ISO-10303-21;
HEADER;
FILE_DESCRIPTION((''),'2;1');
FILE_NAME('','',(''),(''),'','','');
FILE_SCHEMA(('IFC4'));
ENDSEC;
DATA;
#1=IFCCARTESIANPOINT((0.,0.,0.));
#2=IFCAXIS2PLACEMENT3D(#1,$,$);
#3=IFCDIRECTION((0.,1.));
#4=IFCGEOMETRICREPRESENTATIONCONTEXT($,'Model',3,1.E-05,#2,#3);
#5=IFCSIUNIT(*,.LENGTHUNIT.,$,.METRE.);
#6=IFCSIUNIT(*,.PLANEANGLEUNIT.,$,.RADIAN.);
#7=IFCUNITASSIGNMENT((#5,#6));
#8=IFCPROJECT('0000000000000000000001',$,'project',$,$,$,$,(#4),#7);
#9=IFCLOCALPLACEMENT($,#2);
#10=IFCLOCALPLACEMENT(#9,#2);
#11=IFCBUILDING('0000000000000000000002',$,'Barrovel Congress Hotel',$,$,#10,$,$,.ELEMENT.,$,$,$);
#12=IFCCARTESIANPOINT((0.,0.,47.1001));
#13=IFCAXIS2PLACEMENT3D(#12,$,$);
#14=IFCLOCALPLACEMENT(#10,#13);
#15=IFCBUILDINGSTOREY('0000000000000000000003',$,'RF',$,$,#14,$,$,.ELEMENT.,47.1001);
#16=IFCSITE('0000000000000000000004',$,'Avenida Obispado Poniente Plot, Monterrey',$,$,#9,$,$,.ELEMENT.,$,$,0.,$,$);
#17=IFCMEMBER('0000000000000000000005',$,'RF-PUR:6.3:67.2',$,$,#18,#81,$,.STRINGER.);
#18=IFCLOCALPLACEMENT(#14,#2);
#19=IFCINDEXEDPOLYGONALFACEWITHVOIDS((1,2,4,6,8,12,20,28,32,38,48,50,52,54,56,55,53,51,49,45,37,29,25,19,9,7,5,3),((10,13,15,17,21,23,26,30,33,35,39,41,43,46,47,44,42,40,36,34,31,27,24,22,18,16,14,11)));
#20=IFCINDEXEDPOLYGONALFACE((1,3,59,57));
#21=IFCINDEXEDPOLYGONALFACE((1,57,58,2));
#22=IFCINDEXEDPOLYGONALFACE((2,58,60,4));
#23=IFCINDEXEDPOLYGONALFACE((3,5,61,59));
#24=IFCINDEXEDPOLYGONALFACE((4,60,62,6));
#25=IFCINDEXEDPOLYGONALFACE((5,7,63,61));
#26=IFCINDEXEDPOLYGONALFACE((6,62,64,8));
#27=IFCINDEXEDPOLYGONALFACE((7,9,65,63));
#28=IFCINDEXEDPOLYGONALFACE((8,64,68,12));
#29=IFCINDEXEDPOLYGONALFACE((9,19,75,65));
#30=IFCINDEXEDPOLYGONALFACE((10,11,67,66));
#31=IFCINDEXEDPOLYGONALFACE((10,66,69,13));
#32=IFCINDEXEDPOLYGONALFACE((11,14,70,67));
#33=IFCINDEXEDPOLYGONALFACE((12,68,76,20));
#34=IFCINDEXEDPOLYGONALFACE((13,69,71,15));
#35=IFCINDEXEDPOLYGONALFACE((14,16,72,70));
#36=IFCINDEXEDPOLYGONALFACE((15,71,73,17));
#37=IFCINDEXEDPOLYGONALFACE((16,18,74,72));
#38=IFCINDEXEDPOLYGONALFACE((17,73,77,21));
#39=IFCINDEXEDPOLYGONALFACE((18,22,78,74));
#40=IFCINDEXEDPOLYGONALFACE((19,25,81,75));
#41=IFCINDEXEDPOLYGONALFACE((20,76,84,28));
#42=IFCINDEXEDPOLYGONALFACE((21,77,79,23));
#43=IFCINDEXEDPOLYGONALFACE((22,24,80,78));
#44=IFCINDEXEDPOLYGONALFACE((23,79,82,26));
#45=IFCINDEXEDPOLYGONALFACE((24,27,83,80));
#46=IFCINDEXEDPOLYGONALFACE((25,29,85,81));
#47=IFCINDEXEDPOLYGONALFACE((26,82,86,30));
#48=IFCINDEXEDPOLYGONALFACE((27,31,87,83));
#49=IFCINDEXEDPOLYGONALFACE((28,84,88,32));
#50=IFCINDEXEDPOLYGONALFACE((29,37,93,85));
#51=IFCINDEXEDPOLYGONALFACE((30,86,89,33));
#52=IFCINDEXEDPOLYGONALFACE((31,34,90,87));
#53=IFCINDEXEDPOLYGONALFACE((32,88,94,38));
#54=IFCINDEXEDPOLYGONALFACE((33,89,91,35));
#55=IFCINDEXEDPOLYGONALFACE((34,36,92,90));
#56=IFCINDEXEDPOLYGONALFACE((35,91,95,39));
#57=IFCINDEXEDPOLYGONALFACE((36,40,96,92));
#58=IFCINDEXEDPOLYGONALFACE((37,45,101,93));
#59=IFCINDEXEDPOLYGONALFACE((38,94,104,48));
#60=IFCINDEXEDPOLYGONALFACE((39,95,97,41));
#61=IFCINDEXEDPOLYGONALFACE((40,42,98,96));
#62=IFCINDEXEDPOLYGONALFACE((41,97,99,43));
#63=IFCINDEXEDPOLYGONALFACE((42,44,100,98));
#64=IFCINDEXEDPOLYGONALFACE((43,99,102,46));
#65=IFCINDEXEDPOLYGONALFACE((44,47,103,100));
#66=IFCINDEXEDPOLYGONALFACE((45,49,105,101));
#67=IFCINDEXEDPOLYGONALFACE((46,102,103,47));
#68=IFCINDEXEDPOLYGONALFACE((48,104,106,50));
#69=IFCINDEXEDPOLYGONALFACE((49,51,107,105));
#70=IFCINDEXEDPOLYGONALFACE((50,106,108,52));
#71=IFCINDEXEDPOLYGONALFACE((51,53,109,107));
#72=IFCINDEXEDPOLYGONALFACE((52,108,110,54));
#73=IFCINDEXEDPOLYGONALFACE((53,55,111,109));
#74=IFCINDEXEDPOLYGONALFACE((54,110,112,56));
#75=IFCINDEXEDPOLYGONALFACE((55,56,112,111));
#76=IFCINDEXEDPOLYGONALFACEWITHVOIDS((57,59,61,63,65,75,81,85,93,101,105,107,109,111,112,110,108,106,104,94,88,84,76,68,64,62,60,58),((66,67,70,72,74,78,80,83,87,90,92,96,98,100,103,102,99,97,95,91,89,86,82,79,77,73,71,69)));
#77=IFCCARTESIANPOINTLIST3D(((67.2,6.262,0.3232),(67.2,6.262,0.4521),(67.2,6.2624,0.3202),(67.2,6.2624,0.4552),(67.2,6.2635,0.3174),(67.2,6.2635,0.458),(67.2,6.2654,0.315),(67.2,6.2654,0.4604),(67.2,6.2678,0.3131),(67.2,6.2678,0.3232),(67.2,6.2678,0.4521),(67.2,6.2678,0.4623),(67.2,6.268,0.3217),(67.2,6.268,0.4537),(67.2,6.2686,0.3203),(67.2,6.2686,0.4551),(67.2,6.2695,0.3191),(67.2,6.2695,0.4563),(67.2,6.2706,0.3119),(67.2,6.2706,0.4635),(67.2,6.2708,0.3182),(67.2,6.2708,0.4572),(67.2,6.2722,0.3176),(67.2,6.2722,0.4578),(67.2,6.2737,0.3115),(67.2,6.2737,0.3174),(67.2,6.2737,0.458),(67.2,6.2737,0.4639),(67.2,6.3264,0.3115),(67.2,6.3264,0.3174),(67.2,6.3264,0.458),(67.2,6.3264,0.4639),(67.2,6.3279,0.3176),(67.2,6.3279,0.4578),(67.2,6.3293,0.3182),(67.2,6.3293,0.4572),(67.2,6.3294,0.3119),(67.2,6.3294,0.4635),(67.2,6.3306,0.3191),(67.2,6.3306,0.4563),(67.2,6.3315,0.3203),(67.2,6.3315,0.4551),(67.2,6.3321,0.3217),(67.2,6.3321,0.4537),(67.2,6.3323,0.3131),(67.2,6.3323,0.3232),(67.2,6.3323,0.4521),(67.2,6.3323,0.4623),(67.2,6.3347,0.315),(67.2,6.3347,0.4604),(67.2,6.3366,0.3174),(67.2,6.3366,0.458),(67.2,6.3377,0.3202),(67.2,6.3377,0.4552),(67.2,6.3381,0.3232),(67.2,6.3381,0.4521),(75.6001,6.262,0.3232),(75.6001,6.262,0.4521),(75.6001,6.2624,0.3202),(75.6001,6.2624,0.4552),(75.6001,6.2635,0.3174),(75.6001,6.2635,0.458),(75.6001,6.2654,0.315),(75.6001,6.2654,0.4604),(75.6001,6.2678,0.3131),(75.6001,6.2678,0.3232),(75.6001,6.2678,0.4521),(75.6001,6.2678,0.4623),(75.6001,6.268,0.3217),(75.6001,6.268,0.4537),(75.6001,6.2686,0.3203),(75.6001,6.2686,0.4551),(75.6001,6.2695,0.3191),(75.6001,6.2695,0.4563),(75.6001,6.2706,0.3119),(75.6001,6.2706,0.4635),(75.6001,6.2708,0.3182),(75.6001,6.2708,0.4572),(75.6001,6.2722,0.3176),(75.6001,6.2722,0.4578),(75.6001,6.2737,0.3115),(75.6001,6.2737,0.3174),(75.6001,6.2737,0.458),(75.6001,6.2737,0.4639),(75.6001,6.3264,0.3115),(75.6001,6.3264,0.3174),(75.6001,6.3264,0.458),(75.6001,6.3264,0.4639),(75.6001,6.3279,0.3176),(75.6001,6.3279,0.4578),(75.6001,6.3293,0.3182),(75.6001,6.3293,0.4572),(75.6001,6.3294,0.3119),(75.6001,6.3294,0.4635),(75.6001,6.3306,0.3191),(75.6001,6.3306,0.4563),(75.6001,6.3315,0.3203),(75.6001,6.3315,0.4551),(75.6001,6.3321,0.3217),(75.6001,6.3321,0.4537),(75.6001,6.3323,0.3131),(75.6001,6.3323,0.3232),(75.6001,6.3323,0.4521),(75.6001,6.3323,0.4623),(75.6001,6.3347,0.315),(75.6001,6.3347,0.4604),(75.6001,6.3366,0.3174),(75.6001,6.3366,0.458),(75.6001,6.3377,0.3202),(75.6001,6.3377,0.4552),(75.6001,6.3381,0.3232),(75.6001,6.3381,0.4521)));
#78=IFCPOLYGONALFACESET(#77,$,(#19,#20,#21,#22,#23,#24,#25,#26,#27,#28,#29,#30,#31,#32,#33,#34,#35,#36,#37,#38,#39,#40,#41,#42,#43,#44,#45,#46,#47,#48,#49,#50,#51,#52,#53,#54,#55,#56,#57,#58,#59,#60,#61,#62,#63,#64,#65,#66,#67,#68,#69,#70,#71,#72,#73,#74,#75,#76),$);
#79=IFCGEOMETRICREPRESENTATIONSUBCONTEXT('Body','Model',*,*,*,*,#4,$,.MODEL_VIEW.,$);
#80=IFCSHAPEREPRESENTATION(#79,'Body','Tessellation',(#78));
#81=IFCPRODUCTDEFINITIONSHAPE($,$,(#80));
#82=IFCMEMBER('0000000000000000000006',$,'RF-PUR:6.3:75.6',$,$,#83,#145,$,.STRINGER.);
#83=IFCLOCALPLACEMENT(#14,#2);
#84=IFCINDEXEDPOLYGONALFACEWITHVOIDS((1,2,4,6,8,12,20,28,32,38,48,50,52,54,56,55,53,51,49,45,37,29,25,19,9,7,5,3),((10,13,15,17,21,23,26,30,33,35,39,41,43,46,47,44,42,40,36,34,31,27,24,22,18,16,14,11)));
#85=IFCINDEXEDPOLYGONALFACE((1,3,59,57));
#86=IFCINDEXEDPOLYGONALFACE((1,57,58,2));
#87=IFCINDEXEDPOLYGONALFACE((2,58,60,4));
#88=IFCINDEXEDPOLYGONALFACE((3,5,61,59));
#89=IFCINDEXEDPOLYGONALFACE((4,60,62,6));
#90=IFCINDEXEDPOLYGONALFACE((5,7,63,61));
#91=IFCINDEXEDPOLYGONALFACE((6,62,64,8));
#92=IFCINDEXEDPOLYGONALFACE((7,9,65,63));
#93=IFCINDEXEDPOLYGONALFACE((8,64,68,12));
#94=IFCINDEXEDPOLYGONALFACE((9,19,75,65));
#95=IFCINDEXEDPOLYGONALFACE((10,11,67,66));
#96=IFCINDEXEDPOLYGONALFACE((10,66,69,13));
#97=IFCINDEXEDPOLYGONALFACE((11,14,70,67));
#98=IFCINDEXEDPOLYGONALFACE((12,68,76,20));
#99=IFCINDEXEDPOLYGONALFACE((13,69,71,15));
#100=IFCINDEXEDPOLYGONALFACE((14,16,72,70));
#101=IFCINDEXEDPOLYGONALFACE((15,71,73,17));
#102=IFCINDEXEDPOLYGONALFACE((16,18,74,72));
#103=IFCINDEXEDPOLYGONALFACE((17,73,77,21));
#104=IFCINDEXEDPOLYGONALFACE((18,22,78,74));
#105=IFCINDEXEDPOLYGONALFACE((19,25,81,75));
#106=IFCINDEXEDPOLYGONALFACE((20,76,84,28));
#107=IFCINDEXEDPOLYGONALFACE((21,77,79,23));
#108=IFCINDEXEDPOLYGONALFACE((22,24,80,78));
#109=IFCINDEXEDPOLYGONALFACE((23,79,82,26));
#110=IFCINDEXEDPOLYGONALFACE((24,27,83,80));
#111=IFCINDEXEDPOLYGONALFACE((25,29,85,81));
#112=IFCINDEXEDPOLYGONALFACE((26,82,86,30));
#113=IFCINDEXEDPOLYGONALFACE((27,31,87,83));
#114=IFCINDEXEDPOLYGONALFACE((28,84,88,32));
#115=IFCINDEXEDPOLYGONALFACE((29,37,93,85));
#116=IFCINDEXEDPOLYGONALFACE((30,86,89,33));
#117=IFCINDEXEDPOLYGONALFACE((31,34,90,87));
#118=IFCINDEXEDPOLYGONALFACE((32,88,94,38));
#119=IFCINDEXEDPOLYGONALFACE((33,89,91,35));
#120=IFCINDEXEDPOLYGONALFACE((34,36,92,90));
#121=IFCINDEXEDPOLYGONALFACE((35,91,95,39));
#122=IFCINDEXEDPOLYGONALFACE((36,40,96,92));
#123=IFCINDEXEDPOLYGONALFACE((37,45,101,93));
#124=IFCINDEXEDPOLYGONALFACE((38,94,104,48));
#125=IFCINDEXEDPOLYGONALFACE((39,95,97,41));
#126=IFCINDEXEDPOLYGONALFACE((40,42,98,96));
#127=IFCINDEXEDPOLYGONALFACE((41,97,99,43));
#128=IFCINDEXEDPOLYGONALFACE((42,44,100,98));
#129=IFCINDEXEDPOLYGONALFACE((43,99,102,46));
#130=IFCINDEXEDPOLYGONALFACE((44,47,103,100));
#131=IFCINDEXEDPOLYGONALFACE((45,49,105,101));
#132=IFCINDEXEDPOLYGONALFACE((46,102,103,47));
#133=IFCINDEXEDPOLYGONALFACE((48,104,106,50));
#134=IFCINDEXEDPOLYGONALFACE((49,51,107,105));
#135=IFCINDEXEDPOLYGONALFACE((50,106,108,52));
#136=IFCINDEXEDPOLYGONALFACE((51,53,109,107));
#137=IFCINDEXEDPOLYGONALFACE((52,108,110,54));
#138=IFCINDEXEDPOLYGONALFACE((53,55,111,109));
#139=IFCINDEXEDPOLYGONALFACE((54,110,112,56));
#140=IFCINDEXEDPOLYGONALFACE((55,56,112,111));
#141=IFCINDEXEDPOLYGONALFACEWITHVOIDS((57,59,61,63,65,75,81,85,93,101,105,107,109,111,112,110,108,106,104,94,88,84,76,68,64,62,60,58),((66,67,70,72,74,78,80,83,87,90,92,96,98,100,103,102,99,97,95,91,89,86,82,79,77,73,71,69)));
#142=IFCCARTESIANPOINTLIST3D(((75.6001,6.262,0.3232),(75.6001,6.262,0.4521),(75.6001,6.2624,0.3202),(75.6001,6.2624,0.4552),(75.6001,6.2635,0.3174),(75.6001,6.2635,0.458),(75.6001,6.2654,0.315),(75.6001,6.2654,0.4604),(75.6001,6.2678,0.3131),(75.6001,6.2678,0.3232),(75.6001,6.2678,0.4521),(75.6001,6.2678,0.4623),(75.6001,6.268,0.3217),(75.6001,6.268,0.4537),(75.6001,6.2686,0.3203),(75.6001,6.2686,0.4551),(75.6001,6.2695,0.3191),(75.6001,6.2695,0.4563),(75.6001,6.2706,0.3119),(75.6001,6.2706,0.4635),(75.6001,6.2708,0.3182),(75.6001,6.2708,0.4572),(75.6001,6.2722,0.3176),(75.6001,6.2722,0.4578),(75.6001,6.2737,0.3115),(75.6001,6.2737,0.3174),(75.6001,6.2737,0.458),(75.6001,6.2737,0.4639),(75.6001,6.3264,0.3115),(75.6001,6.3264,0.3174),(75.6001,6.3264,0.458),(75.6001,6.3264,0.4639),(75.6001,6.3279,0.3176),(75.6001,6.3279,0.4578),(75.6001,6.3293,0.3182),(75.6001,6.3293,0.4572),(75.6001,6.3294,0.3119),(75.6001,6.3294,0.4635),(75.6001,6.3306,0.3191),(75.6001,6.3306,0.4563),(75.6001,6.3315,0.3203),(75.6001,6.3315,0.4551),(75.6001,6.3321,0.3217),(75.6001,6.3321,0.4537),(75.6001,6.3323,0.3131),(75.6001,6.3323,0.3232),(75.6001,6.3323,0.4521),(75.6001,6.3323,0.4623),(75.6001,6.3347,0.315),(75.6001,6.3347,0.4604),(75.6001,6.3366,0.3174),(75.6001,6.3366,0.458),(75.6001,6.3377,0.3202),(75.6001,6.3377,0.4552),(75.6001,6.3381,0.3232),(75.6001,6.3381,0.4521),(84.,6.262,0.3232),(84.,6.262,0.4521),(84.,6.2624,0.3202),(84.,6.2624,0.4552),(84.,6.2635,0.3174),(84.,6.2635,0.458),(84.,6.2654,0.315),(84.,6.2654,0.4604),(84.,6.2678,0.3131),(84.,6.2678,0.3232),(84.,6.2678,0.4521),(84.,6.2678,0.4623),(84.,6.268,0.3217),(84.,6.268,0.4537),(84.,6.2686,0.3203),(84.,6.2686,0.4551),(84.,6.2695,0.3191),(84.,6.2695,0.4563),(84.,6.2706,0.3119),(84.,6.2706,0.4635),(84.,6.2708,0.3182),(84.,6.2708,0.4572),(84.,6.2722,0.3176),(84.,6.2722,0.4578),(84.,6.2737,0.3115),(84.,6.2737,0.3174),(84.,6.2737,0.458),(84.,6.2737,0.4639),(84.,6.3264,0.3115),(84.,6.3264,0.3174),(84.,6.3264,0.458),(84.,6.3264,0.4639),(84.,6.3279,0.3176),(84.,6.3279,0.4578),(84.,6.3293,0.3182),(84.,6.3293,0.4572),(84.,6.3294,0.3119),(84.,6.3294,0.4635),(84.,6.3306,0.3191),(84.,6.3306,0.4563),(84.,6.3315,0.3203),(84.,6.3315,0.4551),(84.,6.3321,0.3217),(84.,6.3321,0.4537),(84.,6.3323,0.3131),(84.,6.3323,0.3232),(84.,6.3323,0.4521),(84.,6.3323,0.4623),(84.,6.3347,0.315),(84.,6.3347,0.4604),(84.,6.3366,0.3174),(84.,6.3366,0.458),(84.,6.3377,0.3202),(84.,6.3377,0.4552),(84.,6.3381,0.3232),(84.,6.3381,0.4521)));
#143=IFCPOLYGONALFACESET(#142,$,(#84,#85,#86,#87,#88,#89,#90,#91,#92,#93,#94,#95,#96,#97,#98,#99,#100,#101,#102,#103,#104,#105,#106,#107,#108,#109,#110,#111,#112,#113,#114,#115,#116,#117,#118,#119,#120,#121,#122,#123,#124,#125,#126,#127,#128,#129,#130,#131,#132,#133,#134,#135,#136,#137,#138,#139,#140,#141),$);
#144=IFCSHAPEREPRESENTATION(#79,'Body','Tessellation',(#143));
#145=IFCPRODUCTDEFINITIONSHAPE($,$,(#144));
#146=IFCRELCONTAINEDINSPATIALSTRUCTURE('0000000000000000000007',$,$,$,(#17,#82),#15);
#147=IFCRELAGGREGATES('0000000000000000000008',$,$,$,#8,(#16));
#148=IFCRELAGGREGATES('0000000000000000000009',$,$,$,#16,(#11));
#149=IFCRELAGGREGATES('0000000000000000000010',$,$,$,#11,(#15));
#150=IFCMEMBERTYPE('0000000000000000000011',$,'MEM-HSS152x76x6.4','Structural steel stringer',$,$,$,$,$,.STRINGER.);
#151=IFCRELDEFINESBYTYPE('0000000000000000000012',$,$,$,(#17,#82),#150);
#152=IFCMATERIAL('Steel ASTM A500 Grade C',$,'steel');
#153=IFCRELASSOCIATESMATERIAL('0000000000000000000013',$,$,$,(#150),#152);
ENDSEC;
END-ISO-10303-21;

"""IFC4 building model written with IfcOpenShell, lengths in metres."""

from ifc_helpers import new_model, si_unit, direction, frame, origin, origin_2d, place, context, subcontext, project, spatial, hollow_rectangle, extrude, material, material_profile, profile_set, type_object, element, save


model = new_model("IFC4")

# Units and contexts
model_context = context("Model", 3, precision=1e-05, world=origin(), true_north=direction((0.0, 1.0)))
body_context = subcontext(model_context, "Body", "Model", "MODEL_VIEW")
ifc_project = project(units=[si_unit("LENGTHUNIT", "METRE"), si_unit("PLANEANGLEUNIT", "RADIAN")], contexts=[model_context])

# Site, building, storey
site_placement = place(None, origin())
site = spatial("IfcSite", under=ifc_project, at=site_placement, Name="Avenida Obispado Poniente Plot, Monterrey", CompositionType="ELEMENT", RefElevation=0.0)
building_placement = place(site_placement, origin())
building = spatial("IfcBuilding", under=site, at=building_placement, Name="Barrovel Congress Hotel", CompositionType="ELEMENT")
storey_placement = place(building_placement, frame((0.0, 0.0, 47.1001)))
storey = spatial("IfcBuildingStorey", under=building, at=storey_placement, Name="RF", CompositionType="ELEMENT", Elevation=47.1001)

# Members
ifc_material_1 = material(Name="Steel ASTM A500 Grade C", Category="steel")
ifc_material_profile_1 = material_profile(ifc_material_1, hollow_rectangle(XDim=0.0762, YDim=0.1523, WallThickness=0.0059, InnerFilletRadius=0.0059, OuterFilletRadius=0.0117, at=origin_2d()), Name="HSS152x76x6.4")
ifc_profile_set_1 = profile_set([ifc_material_profile_1], Name="Steel ASTM A500 Grade C")
member_type_1 = type_object("IfcMemberType", Name="MEM-HSS152x76x6.4", Description="Structural steel stringer", PredefinedType="STRINGER", material=ifc_profile_set_1)
member_1_placement = place(storey_placement, frame((67.2, 6.3, 0.3877), z_axis=(1.0, 0.0, 0.0), x_axis=(0.0, 1.0, 0.0)))
element("IfcMember", 1, at=member_1_placement, inside=storey, type_object=member_type_1, Name="RF-PUR:6.3:67.2", PredefinedType="STRINGER", context=body_context, shape_type="SweptSolid", body=[
    extrude(hollow_rectangle(XDim=0.0762, YDim=0.1523, WallThickness=0.0059, InnerFilletRadius=0.0059, OuterFilletRadius=0.0117, at=origin_2d()), origin(), (0.0, 0.0, 1.0), 8.4001),
])
member_2_placement = place(storey_placement, frame((75.6001, 6.3, 0.3877), z_axis=(1.0, 0.0, 0.0), x_axis=(0.0, 1.0, 0.0)))
element("IfcMember", 2, at=member_2_placement, inside=storey, type_object=member_type_1, Name="RF-PUR:6.3:75.6", PredefinedType="STRINGER", context=body_context, shape_type="SweptSolid", body=[
    extrude(hollow_rectangle(XDim=0.0762, YDim=0.1523, WallThickness=0.0059, InnerFilletRadius=0.0059, OuterFilletRadius=0.0117, at=origin_2d()), origin(), (0.0, 0.0, 1.0), 8.3999),
])

save(model, "model.ifc")
